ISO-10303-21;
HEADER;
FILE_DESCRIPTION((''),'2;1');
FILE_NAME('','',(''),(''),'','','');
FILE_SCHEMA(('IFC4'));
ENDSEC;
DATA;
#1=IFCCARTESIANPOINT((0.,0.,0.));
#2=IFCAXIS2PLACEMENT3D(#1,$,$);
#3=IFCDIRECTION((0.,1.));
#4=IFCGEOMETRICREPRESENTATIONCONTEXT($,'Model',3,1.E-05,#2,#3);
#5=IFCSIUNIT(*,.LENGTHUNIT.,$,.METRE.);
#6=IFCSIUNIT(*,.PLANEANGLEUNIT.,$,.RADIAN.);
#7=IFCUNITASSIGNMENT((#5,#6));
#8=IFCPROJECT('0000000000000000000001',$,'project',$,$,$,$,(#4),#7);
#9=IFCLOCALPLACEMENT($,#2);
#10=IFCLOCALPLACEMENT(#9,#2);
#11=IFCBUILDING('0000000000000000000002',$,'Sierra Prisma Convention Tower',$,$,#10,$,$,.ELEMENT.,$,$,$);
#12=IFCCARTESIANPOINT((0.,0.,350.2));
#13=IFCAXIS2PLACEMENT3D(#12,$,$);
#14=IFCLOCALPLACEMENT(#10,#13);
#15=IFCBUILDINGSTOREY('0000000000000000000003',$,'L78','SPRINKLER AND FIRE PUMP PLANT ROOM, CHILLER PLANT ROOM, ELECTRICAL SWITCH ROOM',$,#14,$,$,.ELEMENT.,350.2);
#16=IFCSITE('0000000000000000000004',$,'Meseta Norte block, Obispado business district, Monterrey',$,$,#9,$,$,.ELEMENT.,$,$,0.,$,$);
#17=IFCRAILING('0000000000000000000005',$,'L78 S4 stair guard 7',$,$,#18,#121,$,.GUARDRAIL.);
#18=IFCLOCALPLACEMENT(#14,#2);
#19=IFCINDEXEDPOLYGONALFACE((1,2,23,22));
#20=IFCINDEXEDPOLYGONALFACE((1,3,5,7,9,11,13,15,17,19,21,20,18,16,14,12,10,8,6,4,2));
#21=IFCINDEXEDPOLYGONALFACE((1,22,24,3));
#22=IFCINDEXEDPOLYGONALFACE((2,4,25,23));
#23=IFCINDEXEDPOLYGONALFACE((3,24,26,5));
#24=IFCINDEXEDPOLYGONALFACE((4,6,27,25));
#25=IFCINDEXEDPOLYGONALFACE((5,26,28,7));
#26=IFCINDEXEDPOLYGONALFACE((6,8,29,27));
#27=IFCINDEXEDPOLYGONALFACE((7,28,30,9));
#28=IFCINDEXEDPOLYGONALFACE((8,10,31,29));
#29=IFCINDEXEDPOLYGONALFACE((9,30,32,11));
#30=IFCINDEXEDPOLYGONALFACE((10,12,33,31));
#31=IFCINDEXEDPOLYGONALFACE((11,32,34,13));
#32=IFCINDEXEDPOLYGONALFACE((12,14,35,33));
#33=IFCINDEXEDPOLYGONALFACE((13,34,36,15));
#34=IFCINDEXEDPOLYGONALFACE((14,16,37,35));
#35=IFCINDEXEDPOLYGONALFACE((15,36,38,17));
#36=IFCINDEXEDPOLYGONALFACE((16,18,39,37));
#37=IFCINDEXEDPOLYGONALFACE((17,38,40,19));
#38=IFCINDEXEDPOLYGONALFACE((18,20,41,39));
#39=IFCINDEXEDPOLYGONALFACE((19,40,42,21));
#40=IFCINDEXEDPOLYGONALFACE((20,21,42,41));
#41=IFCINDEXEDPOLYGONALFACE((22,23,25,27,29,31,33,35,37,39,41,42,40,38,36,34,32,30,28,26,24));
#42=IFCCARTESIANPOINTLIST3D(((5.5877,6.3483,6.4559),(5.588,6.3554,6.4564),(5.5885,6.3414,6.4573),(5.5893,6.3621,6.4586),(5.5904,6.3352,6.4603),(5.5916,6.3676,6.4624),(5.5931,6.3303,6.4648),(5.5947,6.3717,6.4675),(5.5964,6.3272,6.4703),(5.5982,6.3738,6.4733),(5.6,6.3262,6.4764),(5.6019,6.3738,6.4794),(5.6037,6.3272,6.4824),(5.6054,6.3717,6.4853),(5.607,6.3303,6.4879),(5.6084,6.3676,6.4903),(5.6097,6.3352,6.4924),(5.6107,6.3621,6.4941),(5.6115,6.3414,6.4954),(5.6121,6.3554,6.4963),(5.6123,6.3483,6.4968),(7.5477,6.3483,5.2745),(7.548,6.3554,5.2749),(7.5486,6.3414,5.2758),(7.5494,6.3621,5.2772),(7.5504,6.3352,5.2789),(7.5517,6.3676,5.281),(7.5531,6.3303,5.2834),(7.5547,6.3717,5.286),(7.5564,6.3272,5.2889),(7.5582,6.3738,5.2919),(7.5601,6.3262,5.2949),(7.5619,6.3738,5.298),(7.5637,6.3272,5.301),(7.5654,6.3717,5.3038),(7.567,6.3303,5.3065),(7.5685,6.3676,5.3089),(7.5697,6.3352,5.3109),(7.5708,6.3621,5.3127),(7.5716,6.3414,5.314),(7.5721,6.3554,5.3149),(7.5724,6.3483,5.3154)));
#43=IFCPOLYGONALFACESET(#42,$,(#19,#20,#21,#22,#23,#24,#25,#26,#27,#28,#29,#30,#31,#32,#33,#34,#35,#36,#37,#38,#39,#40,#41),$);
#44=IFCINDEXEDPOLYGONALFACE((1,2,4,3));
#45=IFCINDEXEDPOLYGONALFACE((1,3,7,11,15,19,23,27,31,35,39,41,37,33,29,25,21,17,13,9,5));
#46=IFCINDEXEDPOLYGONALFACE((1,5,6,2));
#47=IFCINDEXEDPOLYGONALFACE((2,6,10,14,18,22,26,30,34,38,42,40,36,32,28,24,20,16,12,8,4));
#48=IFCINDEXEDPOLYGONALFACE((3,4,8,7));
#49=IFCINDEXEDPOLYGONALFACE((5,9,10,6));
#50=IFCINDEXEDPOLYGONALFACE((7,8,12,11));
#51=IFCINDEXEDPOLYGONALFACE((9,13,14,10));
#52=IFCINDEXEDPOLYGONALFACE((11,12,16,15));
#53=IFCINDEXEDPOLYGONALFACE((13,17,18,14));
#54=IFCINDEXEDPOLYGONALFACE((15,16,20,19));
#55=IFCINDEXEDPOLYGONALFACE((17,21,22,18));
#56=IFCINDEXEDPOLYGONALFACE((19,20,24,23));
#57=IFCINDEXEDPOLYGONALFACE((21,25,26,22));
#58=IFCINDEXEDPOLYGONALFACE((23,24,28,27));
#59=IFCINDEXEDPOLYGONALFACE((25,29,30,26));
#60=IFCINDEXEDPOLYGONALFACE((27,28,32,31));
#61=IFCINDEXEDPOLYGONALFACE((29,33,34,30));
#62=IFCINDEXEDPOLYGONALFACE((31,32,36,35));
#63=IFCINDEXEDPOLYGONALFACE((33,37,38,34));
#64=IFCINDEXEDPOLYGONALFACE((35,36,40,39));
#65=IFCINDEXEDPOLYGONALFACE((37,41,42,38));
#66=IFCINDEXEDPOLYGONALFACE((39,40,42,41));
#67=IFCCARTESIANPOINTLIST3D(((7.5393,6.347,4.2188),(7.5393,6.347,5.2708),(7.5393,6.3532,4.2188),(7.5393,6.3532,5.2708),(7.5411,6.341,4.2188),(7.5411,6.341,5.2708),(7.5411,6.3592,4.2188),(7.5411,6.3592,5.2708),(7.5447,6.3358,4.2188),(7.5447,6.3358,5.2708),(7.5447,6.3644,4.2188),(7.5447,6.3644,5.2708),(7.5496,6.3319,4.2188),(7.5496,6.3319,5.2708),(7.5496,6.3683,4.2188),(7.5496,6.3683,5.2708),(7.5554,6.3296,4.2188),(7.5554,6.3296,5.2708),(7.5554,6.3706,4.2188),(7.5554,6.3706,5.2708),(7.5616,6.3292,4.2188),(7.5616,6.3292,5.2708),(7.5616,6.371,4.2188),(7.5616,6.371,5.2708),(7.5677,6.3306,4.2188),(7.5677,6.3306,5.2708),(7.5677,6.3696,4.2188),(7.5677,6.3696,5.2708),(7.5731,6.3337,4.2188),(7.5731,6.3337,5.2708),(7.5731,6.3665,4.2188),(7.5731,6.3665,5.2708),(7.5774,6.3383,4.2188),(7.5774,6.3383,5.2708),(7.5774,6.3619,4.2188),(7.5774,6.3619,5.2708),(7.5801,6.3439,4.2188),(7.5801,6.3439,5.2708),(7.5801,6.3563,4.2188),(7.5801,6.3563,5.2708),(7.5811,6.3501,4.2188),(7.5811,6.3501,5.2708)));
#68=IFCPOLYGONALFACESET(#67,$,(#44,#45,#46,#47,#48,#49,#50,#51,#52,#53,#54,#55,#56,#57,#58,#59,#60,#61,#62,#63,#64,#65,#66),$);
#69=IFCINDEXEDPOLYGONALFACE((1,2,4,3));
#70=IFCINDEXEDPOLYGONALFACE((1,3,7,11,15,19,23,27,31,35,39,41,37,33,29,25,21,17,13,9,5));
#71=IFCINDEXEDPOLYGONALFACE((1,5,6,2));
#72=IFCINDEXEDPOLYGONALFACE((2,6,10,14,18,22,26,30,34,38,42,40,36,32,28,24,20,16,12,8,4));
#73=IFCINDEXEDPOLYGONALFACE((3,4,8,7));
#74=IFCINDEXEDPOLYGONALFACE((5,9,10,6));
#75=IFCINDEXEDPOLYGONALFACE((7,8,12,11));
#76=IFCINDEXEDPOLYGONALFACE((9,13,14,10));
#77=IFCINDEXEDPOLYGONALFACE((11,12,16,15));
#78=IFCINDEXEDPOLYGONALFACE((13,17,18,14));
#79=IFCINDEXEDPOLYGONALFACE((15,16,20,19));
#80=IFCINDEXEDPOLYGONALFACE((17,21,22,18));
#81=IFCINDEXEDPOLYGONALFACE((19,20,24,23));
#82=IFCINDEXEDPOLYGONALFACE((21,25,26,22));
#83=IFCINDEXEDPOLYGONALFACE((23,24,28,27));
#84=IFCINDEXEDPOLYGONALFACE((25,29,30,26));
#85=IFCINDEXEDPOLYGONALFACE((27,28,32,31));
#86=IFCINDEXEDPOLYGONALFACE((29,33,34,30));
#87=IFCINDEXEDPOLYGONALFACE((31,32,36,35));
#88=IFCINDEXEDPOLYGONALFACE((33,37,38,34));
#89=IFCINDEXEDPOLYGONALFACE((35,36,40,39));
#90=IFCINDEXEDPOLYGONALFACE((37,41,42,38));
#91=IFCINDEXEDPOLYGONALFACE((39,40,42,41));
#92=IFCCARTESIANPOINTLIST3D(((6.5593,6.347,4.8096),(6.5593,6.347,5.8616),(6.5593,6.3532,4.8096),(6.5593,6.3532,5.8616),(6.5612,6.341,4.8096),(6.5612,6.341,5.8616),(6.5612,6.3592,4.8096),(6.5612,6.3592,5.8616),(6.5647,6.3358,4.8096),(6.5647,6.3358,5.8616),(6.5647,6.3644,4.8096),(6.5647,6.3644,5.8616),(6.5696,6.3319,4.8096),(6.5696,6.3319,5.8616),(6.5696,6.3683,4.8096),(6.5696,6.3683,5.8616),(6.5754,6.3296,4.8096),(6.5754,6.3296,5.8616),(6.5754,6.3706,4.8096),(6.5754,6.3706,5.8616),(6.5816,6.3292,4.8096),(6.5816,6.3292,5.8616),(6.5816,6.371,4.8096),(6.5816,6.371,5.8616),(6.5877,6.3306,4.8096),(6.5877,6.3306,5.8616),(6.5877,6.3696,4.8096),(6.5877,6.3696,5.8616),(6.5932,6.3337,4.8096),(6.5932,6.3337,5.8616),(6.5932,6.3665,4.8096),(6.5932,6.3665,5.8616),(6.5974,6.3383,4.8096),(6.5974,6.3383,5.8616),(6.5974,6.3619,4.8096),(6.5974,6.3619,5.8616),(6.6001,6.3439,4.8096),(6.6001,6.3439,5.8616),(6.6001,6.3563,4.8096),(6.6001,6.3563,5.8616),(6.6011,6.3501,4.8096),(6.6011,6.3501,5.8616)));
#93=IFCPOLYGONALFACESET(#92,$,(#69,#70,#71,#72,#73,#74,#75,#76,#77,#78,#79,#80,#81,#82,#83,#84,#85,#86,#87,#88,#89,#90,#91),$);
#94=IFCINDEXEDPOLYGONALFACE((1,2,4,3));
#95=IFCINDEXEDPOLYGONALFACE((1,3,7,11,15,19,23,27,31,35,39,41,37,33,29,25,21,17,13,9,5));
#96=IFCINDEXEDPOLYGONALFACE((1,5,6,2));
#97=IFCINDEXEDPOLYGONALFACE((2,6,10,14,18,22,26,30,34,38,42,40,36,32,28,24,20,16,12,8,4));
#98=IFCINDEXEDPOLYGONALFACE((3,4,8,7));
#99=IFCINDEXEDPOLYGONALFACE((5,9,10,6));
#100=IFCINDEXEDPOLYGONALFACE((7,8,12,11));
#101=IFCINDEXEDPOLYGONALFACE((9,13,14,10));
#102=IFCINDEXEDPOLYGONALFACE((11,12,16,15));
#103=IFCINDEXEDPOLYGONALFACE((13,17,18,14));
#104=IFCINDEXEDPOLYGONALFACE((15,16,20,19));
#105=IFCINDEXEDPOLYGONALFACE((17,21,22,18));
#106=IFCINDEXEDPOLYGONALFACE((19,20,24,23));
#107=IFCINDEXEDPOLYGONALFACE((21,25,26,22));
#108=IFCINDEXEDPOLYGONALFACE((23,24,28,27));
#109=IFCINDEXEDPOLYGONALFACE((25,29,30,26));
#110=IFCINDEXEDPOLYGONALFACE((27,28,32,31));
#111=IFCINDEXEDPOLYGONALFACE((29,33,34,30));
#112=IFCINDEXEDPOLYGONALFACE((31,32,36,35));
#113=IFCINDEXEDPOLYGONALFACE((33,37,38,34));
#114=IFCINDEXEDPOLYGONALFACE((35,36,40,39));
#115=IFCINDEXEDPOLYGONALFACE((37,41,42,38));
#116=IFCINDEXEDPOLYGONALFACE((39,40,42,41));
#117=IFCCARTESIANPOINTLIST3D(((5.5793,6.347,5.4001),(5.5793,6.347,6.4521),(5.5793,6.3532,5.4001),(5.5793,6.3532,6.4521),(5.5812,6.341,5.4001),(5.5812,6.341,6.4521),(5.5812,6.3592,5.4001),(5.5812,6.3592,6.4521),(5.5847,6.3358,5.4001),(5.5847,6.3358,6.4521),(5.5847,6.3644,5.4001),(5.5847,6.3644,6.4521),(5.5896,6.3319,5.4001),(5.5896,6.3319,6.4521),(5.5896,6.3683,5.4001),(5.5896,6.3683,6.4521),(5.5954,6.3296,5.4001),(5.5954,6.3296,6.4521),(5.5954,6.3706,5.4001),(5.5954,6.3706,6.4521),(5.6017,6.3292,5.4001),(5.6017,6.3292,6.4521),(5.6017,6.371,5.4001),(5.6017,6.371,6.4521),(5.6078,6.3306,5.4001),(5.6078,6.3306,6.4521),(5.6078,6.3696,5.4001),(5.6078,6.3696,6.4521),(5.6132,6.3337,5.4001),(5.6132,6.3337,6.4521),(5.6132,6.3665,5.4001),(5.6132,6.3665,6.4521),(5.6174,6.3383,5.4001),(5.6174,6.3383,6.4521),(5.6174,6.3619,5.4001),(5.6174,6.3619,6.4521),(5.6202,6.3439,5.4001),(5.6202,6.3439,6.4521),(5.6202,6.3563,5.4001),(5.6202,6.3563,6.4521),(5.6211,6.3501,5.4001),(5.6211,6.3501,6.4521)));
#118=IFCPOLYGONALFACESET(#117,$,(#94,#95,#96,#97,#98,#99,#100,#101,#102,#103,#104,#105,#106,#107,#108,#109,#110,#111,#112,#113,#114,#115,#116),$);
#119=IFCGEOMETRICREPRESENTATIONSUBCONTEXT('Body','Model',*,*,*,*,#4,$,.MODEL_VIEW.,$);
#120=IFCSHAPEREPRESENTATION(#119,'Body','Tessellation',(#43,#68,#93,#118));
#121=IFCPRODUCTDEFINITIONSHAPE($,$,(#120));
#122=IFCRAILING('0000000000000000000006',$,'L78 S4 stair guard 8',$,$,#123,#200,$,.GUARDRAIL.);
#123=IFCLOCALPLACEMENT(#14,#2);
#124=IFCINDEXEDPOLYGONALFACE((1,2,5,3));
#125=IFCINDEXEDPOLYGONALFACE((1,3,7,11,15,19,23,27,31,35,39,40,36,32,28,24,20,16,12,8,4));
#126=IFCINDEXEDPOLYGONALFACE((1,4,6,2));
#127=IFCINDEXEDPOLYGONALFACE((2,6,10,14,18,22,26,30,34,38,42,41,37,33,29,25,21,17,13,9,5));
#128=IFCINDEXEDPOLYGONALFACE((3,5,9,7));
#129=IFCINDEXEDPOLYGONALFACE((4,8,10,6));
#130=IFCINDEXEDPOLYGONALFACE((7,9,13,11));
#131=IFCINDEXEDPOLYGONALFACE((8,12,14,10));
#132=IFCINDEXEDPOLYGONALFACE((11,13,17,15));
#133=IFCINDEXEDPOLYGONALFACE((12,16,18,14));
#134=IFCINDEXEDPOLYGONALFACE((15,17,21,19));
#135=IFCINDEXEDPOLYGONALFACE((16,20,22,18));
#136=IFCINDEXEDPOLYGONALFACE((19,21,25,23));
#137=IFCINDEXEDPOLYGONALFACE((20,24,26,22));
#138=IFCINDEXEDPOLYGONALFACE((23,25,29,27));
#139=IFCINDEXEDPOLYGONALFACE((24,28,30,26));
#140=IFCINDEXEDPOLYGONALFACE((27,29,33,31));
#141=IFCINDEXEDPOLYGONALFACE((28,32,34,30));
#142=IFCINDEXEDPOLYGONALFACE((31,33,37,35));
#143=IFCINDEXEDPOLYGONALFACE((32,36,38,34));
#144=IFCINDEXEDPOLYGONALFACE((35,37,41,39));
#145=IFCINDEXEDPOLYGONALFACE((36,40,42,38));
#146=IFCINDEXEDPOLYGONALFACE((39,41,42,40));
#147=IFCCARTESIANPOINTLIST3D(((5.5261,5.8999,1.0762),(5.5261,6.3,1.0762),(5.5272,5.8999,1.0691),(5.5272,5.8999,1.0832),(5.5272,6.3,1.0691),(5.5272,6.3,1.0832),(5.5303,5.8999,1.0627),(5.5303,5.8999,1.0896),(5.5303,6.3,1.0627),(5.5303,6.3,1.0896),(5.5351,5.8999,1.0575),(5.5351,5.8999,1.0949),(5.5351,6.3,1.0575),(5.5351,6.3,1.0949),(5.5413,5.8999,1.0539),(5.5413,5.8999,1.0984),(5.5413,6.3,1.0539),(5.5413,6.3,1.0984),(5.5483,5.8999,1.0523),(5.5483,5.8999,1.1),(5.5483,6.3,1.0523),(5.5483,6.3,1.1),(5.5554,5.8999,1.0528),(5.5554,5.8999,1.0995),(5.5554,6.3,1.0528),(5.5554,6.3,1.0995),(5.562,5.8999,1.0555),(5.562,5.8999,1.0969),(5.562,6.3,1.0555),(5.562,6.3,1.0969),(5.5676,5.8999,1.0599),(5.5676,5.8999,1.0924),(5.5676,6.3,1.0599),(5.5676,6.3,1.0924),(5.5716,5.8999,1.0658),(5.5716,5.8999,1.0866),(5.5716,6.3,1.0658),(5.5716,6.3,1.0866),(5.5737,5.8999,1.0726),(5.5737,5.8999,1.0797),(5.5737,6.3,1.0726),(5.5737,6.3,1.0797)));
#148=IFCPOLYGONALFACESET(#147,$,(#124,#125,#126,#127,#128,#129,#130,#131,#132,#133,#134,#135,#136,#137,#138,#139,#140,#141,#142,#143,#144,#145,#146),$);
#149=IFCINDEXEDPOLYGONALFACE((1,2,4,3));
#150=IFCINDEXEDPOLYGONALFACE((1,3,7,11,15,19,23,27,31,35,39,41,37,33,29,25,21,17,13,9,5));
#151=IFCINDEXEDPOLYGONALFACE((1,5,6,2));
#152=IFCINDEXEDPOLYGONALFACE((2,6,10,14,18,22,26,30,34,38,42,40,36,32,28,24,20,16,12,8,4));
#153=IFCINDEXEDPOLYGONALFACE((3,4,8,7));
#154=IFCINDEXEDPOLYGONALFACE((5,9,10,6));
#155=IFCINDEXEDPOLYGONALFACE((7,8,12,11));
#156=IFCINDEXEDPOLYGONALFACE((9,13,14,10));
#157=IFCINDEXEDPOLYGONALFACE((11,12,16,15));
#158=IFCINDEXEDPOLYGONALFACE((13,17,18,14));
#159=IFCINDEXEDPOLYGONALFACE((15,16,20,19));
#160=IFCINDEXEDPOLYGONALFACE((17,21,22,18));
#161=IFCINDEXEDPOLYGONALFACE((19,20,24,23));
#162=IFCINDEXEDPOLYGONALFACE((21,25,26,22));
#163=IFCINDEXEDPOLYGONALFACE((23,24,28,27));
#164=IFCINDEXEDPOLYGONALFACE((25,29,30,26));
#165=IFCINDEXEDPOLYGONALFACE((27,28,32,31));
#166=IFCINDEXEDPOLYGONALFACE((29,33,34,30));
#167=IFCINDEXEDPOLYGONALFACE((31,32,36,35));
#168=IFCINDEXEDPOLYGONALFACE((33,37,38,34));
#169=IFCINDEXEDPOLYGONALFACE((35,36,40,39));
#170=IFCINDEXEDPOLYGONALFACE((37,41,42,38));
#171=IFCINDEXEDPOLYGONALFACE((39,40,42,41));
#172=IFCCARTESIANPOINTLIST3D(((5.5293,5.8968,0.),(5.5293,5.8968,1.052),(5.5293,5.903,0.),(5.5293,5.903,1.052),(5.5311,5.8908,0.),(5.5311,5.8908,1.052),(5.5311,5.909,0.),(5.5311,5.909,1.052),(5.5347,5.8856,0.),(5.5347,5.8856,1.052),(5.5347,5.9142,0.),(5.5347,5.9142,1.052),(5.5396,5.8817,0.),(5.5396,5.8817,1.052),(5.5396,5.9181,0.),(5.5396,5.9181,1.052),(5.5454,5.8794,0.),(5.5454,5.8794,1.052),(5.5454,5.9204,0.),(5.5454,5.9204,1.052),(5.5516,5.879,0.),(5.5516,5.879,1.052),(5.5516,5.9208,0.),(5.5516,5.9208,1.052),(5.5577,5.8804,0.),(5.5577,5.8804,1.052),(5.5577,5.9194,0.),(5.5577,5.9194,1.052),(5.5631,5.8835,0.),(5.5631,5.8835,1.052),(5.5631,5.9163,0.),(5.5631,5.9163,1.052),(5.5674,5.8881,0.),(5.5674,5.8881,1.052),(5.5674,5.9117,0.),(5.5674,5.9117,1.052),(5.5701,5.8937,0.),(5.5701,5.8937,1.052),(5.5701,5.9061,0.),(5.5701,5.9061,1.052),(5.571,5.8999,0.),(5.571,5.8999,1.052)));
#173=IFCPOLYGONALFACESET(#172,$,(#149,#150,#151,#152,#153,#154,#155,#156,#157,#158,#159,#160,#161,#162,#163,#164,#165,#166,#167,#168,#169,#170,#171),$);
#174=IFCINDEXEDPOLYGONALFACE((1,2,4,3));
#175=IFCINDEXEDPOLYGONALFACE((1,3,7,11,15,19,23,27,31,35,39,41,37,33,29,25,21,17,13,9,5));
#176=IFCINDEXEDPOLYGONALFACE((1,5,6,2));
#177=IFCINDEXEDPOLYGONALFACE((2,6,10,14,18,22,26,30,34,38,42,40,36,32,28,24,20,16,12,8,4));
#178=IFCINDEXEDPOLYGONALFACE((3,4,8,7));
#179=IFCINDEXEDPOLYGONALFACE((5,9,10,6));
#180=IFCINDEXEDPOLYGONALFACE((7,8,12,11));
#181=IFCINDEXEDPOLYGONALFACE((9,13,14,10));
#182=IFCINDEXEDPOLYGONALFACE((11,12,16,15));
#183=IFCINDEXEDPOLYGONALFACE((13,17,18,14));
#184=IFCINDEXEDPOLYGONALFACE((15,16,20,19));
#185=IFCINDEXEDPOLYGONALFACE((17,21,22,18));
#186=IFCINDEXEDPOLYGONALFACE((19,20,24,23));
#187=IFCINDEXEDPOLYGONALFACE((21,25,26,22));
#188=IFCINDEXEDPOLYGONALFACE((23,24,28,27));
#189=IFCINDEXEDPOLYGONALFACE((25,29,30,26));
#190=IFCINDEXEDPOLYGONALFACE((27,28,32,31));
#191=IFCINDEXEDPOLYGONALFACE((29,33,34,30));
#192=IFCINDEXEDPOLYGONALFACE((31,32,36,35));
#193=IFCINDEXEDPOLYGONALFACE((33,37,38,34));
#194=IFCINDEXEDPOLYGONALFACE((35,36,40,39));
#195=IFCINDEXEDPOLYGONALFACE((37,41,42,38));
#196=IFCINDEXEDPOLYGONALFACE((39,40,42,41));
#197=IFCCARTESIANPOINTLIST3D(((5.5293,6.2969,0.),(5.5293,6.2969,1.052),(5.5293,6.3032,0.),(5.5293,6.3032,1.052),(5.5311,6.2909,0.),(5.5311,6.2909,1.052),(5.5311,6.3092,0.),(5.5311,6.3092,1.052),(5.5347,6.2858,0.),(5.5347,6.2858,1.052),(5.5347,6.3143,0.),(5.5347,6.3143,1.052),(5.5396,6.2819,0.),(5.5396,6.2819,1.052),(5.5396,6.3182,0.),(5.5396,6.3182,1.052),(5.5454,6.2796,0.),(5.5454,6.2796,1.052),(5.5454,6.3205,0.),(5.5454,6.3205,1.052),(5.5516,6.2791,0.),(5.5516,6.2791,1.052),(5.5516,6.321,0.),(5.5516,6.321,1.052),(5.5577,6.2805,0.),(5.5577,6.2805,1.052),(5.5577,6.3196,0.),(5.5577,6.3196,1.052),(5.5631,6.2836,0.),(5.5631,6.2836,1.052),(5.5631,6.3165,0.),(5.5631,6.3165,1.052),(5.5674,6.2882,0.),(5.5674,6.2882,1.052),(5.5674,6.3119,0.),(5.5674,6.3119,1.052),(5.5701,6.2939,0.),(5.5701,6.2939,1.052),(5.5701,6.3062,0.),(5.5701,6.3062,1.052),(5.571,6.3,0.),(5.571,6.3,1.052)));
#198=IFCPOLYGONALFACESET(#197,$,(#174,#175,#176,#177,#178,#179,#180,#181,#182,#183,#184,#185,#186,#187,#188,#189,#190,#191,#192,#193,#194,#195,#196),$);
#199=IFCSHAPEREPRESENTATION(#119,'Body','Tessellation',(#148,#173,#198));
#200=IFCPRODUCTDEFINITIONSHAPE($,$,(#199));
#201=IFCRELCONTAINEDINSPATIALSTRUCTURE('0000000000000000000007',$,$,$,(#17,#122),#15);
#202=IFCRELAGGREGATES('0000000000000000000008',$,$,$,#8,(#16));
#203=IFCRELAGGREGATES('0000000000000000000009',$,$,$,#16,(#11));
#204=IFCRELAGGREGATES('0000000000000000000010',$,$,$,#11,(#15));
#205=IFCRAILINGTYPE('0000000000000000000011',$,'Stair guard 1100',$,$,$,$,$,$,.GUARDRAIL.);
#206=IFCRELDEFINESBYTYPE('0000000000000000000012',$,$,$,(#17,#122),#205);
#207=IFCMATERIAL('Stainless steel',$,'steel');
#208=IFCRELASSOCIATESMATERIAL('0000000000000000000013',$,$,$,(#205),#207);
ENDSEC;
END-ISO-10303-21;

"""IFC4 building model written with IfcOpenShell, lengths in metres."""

from ifc_helpers import new_model, si_unit, direction, frame, origin, origin_2d, place, context, subcontext, project, spatial, circle, extrude, material, type_object, element, save


model = new_model("IFC4")

# Units and contexts
model_context = context("Model", 3, precision=1e-05, world=origin(), true_north=direction((0.0, 1.0)))
body_context = subcontext(model_context, "Body", "Model", "MODEL_VIEW")
ifc_project = project(units=[si_unit("LENGTHUNIT", "METRE"), si_unit("PLANEANGLEUNIT", "RADIAN")], contexts=[model_context])

# Site, building, storey
site_placement = place(None, origin())
site = spatial("IfcSite", under=ifc_project, at=site_placement, Name="Meseta Norte block, Obispado business district, Monterrey", CompositionType="ELEMENT", RefElevation=0.0)
building_placement = place(site_placement, origin())
building = spatial("IfcBuilding", under=site, at=building_placement, Name="Sierra Prisma Convention Tower", CompositionType="ELEMENT")
storey_placement = place(building_placement, frame((0.0, 0.0, 350.2)))
storey = spatial("IfcBuildingStorey", under=building, at=storey_placement, Name="L78", Description="SPRINKLER AND FIRE PUMP PLANT ROOM, CHILLER PLANT ROOM, ELECTRICAL SWITCH ROOM", CompositionType="ELEMENT", Elevation=350.2)

# Railings
ifc_material_1 = material(Name="Stainless steel", Category="steel")
railing_type_1 = type_object("IfcRailingType", Name="Stair guard 1100", PredefinedType="GUARDRAIL", material=ifc_material_1)
railing_1_placement = place(storey_placement, frame((7.5601, 6.3501, 4.2188)))
element("IfcRailing", 1, at=railing_1_placement, inside=storey, type_object=railing_type_1, Name="L78 S4 stair guard 7", PredefinedType="GUARDRAIL", context=body_context, shape_type="SweptSolid", body=[
    extrude(circle(Radius=0.0239, at=origin_2d()), frame((0.0, 0.0, 1.0762), z_axis=(-0.856446, 0.0, 0.516236), x_axis=(0.0, -1.0, 0.0)), (0.0, 0.0, 1.0), 2.2886),
    extrude(circle(Radius=0.021, at=origin_2d()), origin(), (0.0, 0.0, 1.0), 1.052),
    extrude(circle(Radius=0.021, at=origin_2d()), frame((-0.98, 0.0, 0.5908)), (0.0, 0.0, 1.0), 1.052),
    extrude(circle(Radius=0.021, at=origin_2d()), frame((-1.96, 0.0, 1.1814)), (0.0, 0.0, 1.0), 1.052),
])
railing_2_placement = place(storey_placement, frame((5.55, 5.8999, 0.0)))
element("IfcRailing", 2, at=railing_2_placement, inside=storey, type_object=railing_type_1, Name="L78 S4 stair guard 8", PredefinedType="GUARDRAIL", context=body_context, shape_type="SweptSolid", body=[
    extrude(circle(Radius=0.0239, at=origin_2d()), frame((0.0, 0.0, 1.0762), z_axis=(0.0, 1.0, 0.0), x_axis=(-1.0, 0.0, 0.0)), (0.0, 0.0, 1.0), 0.4001),
    extrude(circle(Radius=0.021, at=origin_2d()), origin(), (0.0, 0.0, 1.0), 1.052),
    extrude(circle(Radius=0.021, at=origin_2d()), frame((0.0, 0.4001, 0.0)), (0.0, 0.0, 1.0), 1.052),
])

save(model, "model.ifc")
